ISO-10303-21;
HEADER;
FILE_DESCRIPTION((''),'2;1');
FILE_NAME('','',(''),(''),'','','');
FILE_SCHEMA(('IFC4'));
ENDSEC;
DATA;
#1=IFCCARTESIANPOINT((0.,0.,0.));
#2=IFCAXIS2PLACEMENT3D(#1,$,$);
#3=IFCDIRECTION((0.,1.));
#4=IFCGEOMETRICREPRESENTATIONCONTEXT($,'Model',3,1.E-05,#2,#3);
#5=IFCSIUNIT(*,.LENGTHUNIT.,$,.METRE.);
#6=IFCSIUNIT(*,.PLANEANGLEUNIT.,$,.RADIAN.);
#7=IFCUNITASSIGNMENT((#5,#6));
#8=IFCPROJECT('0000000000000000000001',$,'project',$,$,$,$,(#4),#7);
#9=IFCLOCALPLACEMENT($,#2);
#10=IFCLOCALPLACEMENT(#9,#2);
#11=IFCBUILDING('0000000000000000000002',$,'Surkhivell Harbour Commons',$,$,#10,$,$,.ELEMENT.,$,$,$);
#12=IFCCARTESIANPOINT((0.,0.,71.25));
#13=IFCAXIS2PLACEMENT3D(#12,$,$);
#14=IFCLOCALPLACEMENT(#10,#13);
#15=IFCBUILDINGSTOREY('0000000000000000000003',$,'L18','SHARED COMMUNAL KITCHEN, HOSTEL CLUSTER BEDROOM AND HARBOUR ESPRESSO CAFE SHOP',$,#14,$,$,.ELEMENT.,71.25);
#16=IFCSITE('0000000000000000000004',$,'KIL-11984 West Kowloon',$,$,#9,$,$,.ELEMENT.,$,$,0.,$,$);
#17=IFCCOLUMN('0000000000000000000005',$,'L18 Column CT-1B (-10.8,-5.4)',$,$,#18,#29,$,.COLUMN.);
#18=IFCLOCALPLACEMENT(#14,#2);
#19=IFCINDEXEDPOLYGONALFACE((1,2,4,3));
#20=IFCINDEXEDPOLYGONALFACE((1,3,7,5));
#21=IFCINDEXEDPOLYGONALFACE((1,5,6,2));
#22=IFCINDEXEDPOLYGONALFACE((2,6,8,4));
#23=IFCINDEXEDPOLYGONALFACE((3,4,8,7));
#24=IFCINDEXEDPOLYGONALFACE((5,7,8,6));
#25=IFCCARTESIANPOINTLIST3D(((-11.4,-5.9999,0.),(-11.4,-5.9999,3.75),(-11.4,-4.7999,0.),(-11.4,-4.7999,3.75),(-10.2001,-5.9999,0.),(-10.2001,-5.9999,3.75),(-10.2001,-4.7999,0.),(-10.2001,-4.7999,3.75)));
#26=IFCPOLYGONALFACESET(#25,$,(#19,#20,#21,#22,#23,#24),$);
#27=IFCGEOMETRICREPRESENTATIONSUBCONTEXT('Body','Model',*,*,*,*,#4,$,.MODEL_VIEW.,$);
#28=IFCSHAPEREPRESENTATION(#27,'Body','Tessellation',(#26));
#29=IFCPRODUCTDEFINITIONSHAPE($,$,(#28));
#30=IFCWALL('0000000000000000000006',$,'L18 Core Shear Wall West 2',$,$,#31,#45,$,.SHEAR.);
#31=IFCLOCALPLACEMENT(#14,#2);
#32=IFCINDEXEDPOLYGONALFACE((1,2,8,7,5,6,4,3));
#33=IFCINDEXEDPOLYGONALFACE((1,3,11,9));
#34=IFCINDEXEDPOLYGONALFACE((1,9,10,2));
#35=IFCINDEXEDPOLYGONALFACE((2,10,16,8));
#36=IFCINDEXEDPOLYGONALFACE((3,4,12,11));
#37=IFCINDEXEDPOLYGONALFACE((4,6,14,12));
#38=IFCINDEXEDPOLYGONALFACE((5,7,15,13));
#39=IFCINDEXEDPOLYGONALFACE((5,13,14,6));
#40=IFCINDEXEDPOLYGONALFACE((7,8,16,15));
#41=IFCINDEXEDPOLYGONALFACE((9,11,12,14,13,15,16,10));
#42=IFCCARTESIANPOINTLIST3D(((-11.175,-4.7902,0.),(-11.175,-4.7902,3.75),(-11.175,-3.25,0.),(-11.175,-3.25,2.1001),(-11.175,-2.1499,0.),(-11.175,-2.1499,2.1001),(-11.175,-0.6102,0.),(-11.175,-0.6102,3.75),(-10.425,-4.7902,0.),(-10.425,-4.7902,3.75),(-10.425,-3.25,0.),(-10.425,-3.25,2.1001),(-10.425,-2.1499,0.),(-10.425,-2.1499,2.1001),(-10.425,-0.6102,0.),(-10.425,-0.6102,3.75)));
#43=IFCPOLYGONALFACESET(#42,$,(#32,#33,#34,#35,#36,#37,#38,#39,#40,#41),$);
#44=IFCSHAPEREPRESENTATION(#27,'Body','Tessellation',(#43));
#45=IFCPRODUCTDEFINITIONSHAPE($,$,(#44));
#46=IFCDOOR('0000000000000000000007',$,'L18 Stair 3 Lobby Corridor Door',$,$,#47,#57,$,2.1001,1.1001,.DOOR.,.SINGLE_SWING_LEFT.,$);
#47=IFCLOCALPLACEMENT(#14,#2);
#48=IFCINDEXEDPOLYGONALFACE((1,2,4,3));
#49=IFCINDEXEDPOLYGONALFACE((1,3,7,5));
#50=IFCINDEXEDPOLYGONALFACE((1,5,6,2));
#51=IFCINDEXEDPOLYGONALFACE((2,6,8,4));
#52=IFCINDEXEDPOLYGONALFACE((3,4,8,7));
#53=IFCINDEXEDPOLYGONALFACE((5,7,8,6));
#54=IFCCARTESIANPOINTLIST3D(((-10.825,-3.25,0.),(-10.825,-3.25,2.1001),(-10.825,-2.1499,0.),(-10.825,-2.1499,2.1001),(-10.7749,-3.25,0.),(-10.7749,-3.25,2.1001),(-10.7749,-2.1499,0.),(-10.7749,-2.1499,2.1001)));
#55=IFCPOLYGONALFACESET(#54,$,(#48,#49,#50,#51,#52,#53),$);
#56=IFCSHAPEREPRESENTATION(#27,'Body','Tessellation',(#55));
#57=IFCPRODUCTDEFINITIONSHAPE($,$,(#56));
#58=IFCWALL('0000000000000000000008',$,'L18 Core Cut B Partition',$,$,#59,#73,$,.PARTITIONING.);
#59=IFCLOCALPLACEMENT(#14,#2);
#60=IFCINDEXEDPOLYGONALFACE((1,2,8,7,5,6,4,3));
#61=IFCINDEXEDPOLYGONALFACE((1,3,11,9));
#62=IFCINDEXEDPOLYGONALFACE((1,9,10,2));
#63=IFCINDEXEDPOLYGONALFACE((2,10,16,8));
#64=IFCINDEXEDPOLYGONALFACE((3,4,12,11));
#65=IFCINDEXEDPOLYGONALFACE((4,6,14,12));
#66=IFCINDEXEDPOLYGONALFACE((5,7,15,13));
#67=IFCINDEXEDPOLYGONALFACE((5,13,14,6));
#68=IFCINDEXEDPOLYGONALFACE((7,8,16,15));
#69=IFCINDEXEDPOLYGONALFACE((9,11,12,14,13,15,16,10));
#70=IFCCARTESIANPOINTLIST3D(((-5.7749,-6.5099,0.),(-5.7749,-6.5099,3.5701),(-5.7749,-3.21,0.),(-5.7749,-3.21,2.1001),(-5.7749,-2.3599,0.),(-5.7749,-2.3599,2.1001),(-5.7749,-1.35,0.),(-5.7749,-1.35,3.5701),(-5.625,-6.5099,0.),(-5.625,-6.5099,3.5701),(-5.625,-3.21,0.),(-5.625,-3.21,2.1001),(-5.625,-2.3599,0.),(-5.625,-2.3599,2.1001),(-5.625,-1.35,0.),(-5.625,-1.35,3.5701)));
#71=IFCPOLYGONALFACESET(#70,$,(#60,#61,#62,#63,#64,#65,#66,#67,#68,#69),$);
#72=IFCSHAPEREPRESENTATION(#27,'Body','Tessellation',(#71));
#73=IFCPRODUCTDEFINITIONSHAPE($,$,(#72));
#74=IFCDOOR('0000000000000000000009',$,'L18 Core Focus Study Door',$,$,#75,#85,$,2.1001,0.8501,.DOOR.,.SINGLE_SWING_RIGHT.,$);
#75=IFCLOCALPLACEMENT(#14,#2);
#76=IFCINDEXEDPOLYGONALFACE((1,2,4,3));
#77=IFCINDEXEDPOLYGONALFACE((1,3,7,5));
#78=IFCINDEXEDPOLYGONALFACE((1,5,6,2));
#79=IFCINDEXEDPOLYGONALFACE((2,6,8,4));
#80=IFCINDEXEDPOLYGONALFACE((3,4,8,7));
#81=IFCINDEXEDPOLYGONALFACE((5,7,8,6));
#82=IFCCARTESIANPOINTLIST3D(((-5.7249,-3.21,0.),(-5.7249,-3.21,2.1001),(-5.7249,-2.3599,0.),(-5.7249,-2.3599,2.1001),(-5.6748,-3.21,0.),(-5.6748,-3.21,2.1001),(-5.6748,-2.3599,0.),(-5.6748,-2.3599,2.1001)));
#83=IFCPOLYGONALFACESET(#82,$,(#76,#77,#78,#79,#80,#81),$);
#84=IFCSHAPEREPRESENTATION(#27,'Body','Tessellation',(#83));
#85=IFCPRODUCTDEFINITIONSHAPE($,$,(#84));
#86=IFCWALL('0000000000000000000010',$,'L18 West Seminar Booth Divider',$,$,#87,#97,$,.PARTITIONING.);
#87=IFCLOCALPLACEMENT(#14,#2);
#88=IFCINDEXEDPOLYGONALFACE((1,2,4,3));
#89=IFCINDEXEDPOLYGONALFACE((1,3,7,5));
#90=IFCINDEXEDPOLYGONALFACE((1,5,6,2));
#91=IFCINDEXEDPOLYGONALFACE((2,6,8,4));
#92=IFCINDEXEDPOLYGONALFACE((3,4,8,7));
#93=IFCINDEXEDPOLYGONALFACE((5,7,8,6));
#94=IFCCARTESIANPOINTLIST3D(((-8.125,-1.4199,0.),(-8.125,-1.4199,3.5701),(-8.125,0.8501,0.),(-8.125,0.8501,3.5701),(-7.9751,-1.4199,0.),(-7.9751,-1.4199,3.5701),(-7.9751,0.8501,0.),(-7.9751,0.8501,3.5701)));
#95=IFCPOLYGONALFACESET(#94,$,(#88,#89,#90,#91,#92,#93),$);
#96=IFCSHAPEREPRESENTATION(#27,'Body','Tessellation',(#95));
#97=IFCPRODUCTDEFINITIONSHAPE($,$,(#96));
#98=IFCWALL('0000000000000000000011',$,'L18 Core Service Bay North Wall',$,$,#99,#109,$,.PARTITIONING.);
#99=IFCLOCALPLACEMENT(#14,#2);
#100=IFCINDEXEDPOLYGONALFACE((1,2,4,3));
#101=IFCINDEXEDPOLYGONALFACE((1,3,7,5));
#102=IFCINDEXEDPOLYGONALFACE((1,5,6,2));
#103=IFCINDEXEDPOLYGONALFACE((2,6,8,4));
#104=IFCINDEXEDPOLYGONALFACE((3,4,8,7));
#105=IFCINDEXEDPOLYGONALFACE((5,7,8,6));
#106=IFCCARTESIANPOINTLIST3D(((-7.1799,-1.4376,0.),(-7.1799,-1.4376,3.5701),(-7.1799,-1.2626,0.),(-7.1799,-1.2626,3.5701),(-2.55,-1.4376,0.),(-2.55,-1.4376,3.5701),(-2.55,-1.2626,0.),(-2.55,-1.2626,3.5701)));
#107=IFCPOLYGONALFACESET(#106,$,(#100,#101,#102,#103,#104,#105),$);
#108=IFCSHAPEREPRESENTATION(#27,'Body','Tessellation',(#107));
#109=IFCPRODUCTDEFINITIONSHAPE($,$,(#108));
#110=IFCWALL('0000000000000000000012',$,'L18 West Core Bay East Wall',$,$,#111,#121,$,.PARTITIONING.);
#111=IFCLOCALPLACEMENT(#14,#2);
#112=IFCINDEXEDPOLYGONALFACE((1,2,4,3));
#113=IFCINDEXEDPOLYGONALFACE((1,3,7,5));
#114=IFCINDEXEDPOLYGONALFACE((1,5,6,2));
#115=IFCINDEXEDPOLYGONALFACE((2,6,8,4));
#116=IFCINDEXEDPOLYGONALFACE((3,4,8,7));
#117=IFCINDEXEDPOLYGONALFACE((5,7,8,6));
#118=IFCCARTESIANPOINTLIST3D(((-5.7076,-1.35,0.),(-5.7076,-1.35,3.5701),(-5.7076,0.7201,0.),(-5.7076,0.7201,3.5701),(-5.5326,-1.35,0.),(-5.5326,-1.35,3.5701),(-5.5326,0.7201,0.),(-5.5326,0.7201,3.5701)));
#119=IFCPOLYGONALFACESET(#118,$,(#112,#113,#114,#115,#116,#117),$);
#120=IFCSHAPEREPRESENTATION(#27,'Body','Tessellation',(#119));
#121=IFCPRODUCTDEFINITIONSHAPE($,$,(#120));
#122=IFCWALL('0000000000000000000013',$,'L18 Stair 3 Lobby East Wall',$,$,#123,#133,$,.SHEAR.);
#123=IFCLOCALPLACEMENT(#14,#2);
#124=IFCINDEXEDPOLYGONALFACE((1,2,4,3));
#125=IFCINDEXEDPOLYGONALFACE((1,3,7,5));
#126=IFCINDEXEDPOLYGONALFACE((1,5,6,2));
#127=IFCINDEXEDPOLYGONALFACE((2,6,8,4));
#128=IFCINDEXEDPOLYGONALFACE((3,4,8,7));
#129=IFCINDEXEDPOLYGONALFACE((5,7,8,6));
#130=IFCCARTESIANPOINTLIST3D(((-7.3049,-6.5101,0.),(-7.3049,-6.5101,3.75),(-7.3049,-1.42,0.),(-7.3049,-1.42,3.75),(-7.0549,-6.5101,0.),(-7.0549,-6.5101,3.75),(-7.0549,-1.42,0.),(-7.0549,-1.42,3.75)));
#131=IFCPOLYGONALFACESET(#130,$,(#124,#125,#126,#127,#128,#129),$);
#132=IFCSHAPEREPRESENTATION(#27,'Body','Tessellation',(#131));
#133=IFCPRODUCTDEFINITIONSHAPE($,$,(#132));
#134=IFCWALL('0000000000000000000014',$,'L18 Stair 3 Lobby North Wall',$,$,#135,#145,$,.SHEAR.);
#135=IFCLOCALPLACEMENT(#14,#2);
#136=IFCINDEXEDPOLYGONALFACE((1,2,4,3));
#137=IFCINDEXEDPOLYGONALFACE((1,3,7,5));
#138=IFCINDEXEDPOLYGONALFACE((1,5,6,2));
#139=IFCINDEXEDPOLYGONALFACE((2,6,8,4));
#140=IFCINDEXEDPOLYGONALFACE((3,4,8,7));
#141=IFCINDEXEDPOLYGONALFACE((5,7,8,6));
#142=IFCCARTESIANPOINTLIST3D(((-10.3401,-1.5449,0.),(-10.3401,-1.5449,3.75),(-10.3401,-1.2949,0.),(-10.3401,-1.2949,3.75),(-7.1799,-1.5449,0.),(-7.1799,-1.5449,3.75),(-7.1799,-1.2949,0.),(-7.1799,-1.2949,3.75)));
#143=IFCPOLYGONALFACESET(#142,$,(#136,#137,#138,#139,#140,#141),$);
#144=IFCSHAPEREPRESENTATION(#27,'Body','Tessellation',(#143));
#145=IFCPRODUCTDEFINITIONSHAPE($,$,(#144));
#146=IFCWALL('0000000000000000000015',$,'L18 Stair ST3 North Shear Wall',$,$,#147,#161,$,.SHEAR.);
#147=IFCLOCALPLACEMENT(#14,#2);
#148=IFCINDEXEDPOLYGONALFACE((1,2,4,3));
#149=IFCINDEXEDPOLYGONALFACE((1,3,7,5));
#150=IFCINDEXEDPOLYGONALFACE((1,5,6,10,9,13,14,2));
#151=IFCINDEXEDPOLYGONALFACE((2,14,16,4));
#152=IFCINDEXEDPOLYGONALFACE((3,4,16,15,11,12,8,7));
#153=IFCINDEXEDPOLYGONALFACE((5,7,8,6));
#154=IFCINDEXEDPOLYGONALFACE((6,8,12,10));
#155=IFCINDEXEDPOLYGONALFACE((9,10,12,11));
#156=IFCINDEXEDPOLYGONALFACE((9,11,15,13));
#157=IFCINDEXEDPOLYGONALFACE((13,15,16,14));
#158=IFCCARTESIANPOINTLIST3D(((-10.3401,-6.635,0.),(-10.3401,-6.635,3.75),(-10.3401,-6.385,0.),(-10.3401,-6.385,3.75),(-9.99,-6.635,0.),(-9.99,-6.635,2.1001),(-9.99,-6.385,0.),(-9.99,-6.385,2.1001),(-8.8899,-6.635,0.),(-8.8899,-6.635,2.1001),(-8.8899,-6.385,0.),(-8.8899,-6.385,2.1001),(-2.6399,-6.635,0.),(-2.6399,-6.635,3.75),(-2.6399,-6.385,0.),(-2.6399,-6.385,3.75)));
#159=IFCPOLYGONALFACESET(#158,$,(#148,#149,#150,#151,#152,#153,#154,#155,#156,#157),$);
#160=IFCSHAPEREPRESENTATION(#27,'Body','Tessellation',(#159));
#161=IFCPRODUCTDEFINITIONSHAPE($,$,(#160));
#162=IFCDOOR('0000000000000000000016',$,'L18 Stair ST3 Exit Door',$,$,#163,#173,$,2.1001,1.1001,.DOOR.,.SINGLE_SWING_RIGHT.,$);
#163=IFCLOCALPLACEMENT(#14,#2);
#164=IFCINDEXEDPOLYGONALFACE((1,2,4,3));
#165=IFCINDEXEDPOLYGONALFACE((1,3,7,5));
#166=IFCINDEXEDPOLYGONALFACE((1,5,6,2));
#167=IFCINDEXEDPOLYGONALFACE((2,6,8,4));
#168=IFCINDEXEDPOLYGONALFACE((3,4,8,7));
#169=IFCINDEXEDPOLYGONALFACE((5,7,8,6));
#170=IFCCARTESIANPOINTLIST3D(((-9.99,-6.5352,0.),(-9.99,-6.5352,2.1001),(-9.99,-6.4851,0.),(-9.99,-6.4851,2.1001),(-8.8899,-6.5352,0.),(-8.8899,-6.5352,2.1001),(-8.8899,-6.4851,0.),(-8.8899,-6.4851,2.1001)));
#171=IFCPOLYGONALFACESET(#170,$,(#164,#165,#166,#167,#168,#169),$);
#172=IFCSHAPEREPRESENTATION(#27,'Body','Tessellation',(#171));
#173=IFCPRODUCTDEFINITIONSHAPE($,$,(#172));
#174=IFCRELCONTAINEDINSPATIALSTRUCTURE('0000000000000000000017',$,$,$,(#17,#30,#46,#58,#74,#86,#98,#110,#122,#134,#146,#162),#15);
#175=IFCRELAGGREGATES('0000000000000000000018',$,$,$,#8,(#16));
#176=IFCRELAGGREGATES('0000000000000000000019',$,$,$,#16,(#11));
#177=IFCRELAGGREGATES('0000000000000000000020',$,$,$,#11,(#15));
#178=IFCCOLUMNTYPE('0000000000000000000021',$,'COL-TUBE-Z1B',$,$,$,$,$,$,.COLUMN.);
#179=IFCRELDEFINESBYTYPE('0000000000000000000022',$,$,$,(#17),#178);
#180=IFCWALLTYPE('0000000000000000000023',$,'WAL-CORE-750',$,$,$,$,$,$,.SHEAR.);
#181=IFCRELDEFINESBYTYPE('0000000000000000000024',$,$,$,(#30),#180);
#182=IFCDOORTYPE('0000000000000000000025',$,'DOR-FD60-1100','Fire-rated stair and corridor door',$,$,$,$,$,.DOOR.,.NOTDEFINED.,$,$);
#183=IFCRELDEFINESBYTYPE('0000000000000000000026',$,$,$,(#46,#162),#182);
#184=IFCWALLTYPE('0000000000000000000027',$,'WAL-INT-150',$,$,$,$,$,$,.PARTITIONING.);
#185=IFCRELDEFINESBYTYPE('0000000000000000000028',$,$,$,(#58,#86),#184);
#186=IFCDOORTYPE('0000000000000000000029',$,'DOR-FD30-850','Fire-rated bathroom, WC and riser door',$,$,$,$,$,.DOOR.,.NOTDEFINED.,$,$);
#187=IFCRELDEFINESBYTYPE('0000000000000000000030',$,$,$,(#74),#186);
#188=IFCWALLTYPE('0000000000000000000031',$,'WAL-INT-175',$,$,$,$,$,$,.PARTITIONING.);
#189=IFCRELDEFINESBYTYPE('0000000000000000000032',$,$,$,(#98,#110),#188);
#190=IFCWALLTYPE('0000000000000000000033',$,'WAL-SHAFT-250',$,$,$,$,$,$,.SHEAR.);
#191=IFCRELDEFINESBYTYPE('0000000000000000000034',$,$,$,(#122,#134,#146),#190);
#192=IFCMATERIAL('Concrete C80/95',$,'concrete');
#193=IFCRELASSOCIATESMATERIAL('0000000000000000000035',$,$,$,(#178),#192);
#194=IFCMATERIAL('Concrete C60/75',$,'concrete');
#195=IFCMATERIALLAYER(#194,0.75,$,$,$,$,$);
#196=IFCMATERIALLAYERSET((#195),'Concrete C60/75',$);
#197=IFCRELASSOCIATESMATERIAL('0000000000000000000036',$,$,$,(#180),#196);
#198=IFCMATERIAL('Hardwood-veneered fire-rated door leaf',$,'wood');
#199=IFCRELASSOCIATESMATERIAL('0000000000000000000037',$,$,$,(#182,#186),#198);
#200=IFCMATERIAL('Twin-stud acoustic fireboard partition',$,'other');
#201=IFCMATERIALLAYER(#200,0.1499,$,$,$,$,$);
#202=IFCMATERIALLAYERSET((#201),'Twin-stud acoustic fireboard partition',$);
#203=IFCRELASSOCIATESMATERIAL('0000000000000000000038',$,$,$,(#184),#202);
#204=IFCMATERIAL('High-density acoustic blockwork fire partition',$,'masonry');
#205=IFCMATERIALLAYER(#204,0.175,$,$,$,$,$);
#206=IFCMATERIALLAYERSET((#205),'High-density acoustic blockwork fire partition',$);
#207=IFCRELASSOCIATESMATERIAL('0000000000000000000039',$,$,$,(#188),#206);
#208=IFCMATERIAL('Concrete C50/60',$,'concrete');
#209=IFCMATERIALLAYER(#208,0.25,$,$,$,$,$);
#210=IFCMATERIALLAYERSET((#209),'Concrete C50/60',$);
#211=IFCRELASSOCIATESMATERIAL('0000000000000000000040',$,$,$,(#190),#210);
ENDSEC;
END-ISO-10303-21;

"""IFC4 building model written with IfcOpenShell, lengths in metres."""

from ifc_helpers import new_model, si_unit, direction, frame, frame_2d, origin, origin_2d, place, context, subcontext, project, spatial, rectangle, extrude, material, layer, layer_set, material_profile, profile_set, type_object, element, fill, save


model = new_model("IFC4")

# Units and contexts
model_context = context("Model", 3, precision=1e-05, world=origin(), true_north=direction((0.0, 1.0)))
body_context = subcontext(model_context, "Body", "Model", "MODEL_VIEW")
ifc_project = project(units=[si_unit("LENGTHUNIT", "METRE"), si_unit("PLANEANGLEUNIT", "RADIAN")], contexts=[model_context])

# Site, building, storey
site_placement = place(None, origin())
site = spatial("IfcSite", under=ifc_project, at=site_placement, Name="KIL-11984 West Kowloon", CompositionType="ELEMENT", RefElevation=0.0)
building_placement = place(site_placement, origin())
building = spatial("IfcBuilding", under=site, at=building_placement, Name="Surkhivell Harbour Commons", CompositionType="ELEMENT")
storey_placement = place(building_placement, frame((0.0, 0.0, 71.25)))
storey = spatial("IfcBuildingStorey", under=building, at=storey_placement, Name="L18", Description="SHARED COMMUNAL KITCHEN, HOSTEL CLUSTER BEDROOM AND HARBOUR ESPRESSO CAFE SHOP", CompositionType="ELEMENT", Elevation=71.25)

# Column
ifc_material_1 = material(Name="Concrete C80/95", Category="concrete")
ifc_material_profile = material_profile(ifc_material_1, rectangle(XDim=1.2, YDim=1.2, at=origin_2d()), Name="RC-COL-1200x1200")
ifc_profile_set = profile_set([ifc_material_profile], Name="Concrete C80/95")
column_type = type_object("IfcColumnType", Name="COL-TUBE-Z1B", PredefinedType="COLUMN", material=ifc_profile_set)
column_placement = place(storey_placement, frame((-10.8, -5.3999, 0.0), z_axis=(0.0, 0.0, 1.0), x_axis=(1.0, 0.0, 0.0)))
element("IfcColumn", 1, at=column_placement, inside=storey, type_object=column_type, Name="L18 Column CT-1B (-10.8,-5.4)", PredefinedType="COLUMN", context=body_context, shape_type="SweptSolid", body=[
    extrude(rectangle(XDim=1.2, YDim=1.2, at=origin_2d()), origin(), (0.0, 0.0, 1.0), 3.75),
])

# Walls, openings, doors
ifc_material_2 = material(Name="Concrete C60/75", Category="concrete")
ifc_layer_1 = layer(ifc_material_2, 0.75)
ifc_layer_set_1 = layer_set([ifc_layer_1], Name="Concrete C60/75")
wall_type_1 = type_object("IfcWallType", Name="WAL-CORE-750", PredefinedType="SHEAR", material=ifc_layer_set_1)
wall_1_placement = place(storey_placement, frame((-10.8, -4.79, 0.0), z_axis=(0.0, 0.0, 1.0), x_axis=(0.0, 1.0, 0.0)))
wall_1 = element("IfcWall", 2, at=wall_1_placement, inside=storey, type_object=wall_type_1, Name="L18 Core Shear Wall West 2", PredefinedType="SHEAR", context=body_context, shape_type="SweptSolid", body=[
    extrude(rectangle(XDim=4.1799, YDim=0.75, at=frame_2d((2.0898, 0.0))), origin(), (0.0, 0.0, 1.0), 3.75),
])
opening_1_placement = place(wall_1_placement, frame((1.54, 0.0, 0.0)))
opening_1 = element("IfcOpeningElement", 3, at=opening_1_placement, cuts=wall_1, PredefinedType="OPENING", context=body_context, shape_type="SweptSolid", body=[
    extrude(rectangle(XDim=1.1001, YDim=2.1001, at=frame_2d((0.55, 1.05))), frame((0.0, 0.385, 0.0), z_axis=(0.0, -1.0, 0.0), x_axis=(1.0, 0.0, 0.0)), (0.0, 0.0, 1.0), 0.77),
])
ifc_material_3 = material(Name="Hardwood-veneered fire-rated door leaf", Category="wood")
door_type_1 = type_object("IfcDoorType", Name="DOR-FD60-1100", Description="Fire-rated stair and corridor door", OperationType="NOTDEFINED", PredefinedType="DOOR", material=ifc_material_3)
door_1_placement = place(opening_1_placement, origin())
door_1 = element("IfcDoor", 4, at=door_1_placement, inside=storey, type_object=door_type_1, Name="L18 Stair 3 Lobby Corridor Door", OperationType="SINGLE_SWING_LEFT", OverallHeight=2.1001, OverallWidth=1.1001, PredefinedType="DOOR", context=body_context, shape_type="SweptSolid", body=[
    extrude(rectangle(XDim=1.1001, YDim=2.1001, at=frame_2d((0.55, 1.05))), frame((0.0, 0.0249, 0.0), z_axis=(0.0, -1.0, 0.0), x_axis=(1.0, 0.0, 0.0)), (0.0, 0.0, 1.0), 0.05),
])
fill(opening_1, door_1)
ifc_material_4 = material(Name="Twin-stud acoustic fireboard partition", Category="other")
ifc_layer_2 = layer(ifc_material_4, 0.1499)
ifc_layer_set_2 = layer_set([ifc_layer_2], Name="Twin-stud acoustic fireboard partition")
wall_type_2 = type_object("IfcWallType", Name="WAL-INT-150", PredefinedType="PARTITIONING", material=ifc_layer_set_2)
wall_2_placement = place(storey_placement, frame((-5.7, -6.51, 0.0), z_axis=(0.0, 0.0, 1.0), x_axis=(0.0, 1.0, 0.0)))
wall_2 = element("IfcWall", 5, at=wall_2_placement, inside=storey, type_object=wall_type_2, Name="L18 Core Cut B Partition", PredefinedType="PARTITIONING", context=body_context, shape_type="SweptSolid", body=[
    extrude(rectangle(XDim=5.1599, YDim=0.1499, at=frame_2d((2.5801, 0.0))), origin(), (0.0, 0.0, 1.0), 3.5701),
])
opening_2_placement = place(wall_2_placement, frame((3.3, 0.0, 0.0)))
opening_2 = element("IfcOpeningElement", 6, at=opening_2_placement, cuts=wall_2, PredefinedType="OPENING", context=body_context, shape_type="SweptSolid", body=[
    extrude(rectangle(XDim=0.8501, YDim=2.1001, at=frame_2d((0.425, 1.05))), frame((0.0, 0.085, 0.0), z_axis=(0.0, -1.0, 0.0), x_axis=(1.0, 0.0, 0.0)), (0.0, 0.0, 1.0), 0.1699),
])
door_type_2 = type_object("IfcDoorType", Name="DOR-FD30-850", Description="Fire-rated bathroom, WC and riser door", OperationType="NOTDEFINED", PredefinedType="DOOR", material=ifc_material_3)
door_2_placement = place(opening_2_placement, origin())
door_2 = element("IfcDoor", 7, at=door_2_placement, inside=storey, type_object=door_type_2, Name="L18 Core Focus Study Door", OperationType="SINGLE_SWING_RIGHT", OverallHeight=2.1001, OverallWidth=0.8501, PredefinedType="DOOR", context=body_context, shape_type="SweptSolid", body=[
    extrude(rectangle(XDim=0.8501, YDim=2.1001, at=frame_2d((0.425, 1.05))), frame((0.0, 0.0249, 0.0), z_axis=(0.0, -1.0, 0.0), x_axis=(1.0, 0.0, 0.0)), (0.0, 0.0, 1.0), 0.05),
])
fill(opening_2, door_2)

# Walls
wall_3_placement = place(storey_placement, frame((-8.05, -1.4199, 0.0), z_axis=(0.0, 0.0, 1.0), x_axis=(0.0, 1.0, 0.0)))
element("IfcWall", 8, at=wall_3_placement, inside=storey, type_object=wall_type_2, Name="L18 West Seminar Booth Divider", PredefinedType="PARTITIONING", context=body_context, shape_type="SweptSolid", body=[
    extrude(rectangle(XDim=2.27, YDim=0.1499, at=frame_2d((1.135, 0.0))), origin(), (0.0, 0.0, 1.0), 3.5701),
])
ifc_material_5 = material(Name="High-density acoustic blockwork fire partition", Category="masonry")
ifc_layer_3 = layer(ifc_material_5, 0.175)
ifc_layer_set_3 = layer_set([ifc_layer_3], Name="High-density acoustic blockwork fire partition")
wall_type_3 = type_object("IfcWallType", Name="WAL-INT-175", PredefinedType="PARTITIONING", material=ifc_layer_set_3)
wall_4_placement = place(storey_placement, frame((-7.1799, -1.3501, 0.0), z_axis=(0.0, 0.0, 1.0), x_axis=(1.0, 0.0, 0.0)))
element("IfcWall", 9, at=wall_4_placement, inside=storey, type_object=wall_type_3, Name="L18 Core Service Bay North Wall", PredefinedType="PARTITIONING", context=body_context, shape_type="SweptSolid", body=[
    extrude(rectangle(XDim=4.6299, YDim=0.175, at=frame_2d((2.3149, 0.0))), origin(), (0.0, 0.0, 1.0), 3.5701),
])
wall_5_placement = place(storey_placement, frame((-5.6201, -1.3501, 0.0), z_axis=(0.0, 0.0, 1.0), x_axis=(0.0, 1.0, 0.0)))
element("IfcWall", 10, at=wall_5_placement, inside=storey, type_object=wall_type_3, Name="L18 West Core Bay East Wall", PredefinedType="PARTITIONING", context=body_context, shape_type="SweptSolid", body=[
    extrude(rectangle(XDim=2.0701, YDim=0.175, at=frame_2d((1.0352, 0.0))), origin(), (0.0, 0.0, 1.0), 3.5701),
])
ifc_material_6 = material(Name="Concrete C50/60", Category="concrete")
ifc_layer_4 = layer(ifc_material_6, 0.25)
ifc_layer_set_4 = layer_set([ifc_layer_4], Name="Concrete C50/60")
wall_type_4 = type_object("IfcWallType", Name="WAL-SHAFT-250", PredefinedType="SHEAR", material=ifc_layer_set_4)
wall_6_placement = place(storey_placement, frame((-7.1799, -6.51, 0.0), z_axis=(0.0, 0.0, 1.0), x_axis=(0.0, 1.0, 0.0)))
element("IfcWall", 11, at=wall_6_placement, inside=storey, type_object=wall_type_4, Name="L18 Stair 3 Lobby East Wall", PredefinedType="SHEAR", context=body_context, shape_type="SweptSolid", body=[
    extrude(rectangle(XDim=5.0901, YDim=0.25, at=frame_2d((2.5449, 0.0))), origin(), (0.0, 0.0, 1.0), 3.75),
])
wall_7_placement = place(storey_placement, frame((-10.3401, -1.4199, 0.0), z_axis=(0.0, 0.0, 1.0), x_axis=(1.0, 0.0, 0.0)))
element("IfcWall", 12, at=wall_7_placement, inside=storey, type_object=wall_type_4, Name="L18 Stair 3 Lobby North Wall", PredefinedType="SHEAR", context=body_context, shape_type="SweptSolid", body=[
    extrude(rectangle(XDim=3.1602, YDim=0.25, at=frame_2d((1.5801, 0.0))), origin(), (0.0, 0.0, 1.0), 3.75),
])

# Wall, opening, door
wall_8_placement = place(storey_placement, frame((-10.3401, -6.51, 0.0), z_axis=(0.0, 0.0, 1.0), x_axis=(1.0, 0.0, 0.0)))
wall_8 = element("IfcWall", 13, at=wall_8_placement, inside=storey, type_object=wall_type_4, Name="L18 Stair ST3 North Shear Wall", PredefinedType="SHEAR", context=body_context, shape_type="SweptSolid", body=[
    extrude(rectangle(XDim=7.7002, YDim=0.25, at=frame_2d((3.8501, 0.0))), origin(), (0.0, 0.0, 1.0), 3.75),
])
opening_3_placement = place(wall_8_placement, frame((0.3501, 0.0, 0.0)))
opening_3 = element("IfcOpeningElement", 14, at=opening_3_placement, cuts=wall_8, PredefinedType="OPENING", context=body_context, shape_type="SweptSolid", body=[
    extrude(rectangle(XDim=1.1001, YDim=2.1001, at=frame_2d((0.55, 1.05))), frame((0.0, 0.135, 0.0), z_axis=(0.0, -1.0, 0.0), x_axis=(1.0, 0.0, 0.0)), (0.0, 0.0, 1.0), 0.27),
])
door_3_placement = place(opening_3_placement, origin())
door_3 = element("IfcDoor", 15, at=door_3_placement, inside=storey, type_object=door_type_1, Name="L18 Stair ST3 Exit Door", OperationType="SINGLE_SWING_RIGHT", OverallHeight=2.1001, OverallWidth=1.1001, PredefinedType="DOOR", context=body_context, shape_type="SweptSolid", body=[
    extrude(rectangle(XDim=1.1001, YDim=2.1001, at=frame_2d((0.55, 1.05))), frame((0.0, 0.0249, 0.0), z_axis=(0.0, -1.0, 0.0), x_axis=(1.0, 0.0, 0.0)), (0.0, 0.0, 1.0), 0.05),
])
fill(opening_3, door_3)

save(model, "model.ifc")
